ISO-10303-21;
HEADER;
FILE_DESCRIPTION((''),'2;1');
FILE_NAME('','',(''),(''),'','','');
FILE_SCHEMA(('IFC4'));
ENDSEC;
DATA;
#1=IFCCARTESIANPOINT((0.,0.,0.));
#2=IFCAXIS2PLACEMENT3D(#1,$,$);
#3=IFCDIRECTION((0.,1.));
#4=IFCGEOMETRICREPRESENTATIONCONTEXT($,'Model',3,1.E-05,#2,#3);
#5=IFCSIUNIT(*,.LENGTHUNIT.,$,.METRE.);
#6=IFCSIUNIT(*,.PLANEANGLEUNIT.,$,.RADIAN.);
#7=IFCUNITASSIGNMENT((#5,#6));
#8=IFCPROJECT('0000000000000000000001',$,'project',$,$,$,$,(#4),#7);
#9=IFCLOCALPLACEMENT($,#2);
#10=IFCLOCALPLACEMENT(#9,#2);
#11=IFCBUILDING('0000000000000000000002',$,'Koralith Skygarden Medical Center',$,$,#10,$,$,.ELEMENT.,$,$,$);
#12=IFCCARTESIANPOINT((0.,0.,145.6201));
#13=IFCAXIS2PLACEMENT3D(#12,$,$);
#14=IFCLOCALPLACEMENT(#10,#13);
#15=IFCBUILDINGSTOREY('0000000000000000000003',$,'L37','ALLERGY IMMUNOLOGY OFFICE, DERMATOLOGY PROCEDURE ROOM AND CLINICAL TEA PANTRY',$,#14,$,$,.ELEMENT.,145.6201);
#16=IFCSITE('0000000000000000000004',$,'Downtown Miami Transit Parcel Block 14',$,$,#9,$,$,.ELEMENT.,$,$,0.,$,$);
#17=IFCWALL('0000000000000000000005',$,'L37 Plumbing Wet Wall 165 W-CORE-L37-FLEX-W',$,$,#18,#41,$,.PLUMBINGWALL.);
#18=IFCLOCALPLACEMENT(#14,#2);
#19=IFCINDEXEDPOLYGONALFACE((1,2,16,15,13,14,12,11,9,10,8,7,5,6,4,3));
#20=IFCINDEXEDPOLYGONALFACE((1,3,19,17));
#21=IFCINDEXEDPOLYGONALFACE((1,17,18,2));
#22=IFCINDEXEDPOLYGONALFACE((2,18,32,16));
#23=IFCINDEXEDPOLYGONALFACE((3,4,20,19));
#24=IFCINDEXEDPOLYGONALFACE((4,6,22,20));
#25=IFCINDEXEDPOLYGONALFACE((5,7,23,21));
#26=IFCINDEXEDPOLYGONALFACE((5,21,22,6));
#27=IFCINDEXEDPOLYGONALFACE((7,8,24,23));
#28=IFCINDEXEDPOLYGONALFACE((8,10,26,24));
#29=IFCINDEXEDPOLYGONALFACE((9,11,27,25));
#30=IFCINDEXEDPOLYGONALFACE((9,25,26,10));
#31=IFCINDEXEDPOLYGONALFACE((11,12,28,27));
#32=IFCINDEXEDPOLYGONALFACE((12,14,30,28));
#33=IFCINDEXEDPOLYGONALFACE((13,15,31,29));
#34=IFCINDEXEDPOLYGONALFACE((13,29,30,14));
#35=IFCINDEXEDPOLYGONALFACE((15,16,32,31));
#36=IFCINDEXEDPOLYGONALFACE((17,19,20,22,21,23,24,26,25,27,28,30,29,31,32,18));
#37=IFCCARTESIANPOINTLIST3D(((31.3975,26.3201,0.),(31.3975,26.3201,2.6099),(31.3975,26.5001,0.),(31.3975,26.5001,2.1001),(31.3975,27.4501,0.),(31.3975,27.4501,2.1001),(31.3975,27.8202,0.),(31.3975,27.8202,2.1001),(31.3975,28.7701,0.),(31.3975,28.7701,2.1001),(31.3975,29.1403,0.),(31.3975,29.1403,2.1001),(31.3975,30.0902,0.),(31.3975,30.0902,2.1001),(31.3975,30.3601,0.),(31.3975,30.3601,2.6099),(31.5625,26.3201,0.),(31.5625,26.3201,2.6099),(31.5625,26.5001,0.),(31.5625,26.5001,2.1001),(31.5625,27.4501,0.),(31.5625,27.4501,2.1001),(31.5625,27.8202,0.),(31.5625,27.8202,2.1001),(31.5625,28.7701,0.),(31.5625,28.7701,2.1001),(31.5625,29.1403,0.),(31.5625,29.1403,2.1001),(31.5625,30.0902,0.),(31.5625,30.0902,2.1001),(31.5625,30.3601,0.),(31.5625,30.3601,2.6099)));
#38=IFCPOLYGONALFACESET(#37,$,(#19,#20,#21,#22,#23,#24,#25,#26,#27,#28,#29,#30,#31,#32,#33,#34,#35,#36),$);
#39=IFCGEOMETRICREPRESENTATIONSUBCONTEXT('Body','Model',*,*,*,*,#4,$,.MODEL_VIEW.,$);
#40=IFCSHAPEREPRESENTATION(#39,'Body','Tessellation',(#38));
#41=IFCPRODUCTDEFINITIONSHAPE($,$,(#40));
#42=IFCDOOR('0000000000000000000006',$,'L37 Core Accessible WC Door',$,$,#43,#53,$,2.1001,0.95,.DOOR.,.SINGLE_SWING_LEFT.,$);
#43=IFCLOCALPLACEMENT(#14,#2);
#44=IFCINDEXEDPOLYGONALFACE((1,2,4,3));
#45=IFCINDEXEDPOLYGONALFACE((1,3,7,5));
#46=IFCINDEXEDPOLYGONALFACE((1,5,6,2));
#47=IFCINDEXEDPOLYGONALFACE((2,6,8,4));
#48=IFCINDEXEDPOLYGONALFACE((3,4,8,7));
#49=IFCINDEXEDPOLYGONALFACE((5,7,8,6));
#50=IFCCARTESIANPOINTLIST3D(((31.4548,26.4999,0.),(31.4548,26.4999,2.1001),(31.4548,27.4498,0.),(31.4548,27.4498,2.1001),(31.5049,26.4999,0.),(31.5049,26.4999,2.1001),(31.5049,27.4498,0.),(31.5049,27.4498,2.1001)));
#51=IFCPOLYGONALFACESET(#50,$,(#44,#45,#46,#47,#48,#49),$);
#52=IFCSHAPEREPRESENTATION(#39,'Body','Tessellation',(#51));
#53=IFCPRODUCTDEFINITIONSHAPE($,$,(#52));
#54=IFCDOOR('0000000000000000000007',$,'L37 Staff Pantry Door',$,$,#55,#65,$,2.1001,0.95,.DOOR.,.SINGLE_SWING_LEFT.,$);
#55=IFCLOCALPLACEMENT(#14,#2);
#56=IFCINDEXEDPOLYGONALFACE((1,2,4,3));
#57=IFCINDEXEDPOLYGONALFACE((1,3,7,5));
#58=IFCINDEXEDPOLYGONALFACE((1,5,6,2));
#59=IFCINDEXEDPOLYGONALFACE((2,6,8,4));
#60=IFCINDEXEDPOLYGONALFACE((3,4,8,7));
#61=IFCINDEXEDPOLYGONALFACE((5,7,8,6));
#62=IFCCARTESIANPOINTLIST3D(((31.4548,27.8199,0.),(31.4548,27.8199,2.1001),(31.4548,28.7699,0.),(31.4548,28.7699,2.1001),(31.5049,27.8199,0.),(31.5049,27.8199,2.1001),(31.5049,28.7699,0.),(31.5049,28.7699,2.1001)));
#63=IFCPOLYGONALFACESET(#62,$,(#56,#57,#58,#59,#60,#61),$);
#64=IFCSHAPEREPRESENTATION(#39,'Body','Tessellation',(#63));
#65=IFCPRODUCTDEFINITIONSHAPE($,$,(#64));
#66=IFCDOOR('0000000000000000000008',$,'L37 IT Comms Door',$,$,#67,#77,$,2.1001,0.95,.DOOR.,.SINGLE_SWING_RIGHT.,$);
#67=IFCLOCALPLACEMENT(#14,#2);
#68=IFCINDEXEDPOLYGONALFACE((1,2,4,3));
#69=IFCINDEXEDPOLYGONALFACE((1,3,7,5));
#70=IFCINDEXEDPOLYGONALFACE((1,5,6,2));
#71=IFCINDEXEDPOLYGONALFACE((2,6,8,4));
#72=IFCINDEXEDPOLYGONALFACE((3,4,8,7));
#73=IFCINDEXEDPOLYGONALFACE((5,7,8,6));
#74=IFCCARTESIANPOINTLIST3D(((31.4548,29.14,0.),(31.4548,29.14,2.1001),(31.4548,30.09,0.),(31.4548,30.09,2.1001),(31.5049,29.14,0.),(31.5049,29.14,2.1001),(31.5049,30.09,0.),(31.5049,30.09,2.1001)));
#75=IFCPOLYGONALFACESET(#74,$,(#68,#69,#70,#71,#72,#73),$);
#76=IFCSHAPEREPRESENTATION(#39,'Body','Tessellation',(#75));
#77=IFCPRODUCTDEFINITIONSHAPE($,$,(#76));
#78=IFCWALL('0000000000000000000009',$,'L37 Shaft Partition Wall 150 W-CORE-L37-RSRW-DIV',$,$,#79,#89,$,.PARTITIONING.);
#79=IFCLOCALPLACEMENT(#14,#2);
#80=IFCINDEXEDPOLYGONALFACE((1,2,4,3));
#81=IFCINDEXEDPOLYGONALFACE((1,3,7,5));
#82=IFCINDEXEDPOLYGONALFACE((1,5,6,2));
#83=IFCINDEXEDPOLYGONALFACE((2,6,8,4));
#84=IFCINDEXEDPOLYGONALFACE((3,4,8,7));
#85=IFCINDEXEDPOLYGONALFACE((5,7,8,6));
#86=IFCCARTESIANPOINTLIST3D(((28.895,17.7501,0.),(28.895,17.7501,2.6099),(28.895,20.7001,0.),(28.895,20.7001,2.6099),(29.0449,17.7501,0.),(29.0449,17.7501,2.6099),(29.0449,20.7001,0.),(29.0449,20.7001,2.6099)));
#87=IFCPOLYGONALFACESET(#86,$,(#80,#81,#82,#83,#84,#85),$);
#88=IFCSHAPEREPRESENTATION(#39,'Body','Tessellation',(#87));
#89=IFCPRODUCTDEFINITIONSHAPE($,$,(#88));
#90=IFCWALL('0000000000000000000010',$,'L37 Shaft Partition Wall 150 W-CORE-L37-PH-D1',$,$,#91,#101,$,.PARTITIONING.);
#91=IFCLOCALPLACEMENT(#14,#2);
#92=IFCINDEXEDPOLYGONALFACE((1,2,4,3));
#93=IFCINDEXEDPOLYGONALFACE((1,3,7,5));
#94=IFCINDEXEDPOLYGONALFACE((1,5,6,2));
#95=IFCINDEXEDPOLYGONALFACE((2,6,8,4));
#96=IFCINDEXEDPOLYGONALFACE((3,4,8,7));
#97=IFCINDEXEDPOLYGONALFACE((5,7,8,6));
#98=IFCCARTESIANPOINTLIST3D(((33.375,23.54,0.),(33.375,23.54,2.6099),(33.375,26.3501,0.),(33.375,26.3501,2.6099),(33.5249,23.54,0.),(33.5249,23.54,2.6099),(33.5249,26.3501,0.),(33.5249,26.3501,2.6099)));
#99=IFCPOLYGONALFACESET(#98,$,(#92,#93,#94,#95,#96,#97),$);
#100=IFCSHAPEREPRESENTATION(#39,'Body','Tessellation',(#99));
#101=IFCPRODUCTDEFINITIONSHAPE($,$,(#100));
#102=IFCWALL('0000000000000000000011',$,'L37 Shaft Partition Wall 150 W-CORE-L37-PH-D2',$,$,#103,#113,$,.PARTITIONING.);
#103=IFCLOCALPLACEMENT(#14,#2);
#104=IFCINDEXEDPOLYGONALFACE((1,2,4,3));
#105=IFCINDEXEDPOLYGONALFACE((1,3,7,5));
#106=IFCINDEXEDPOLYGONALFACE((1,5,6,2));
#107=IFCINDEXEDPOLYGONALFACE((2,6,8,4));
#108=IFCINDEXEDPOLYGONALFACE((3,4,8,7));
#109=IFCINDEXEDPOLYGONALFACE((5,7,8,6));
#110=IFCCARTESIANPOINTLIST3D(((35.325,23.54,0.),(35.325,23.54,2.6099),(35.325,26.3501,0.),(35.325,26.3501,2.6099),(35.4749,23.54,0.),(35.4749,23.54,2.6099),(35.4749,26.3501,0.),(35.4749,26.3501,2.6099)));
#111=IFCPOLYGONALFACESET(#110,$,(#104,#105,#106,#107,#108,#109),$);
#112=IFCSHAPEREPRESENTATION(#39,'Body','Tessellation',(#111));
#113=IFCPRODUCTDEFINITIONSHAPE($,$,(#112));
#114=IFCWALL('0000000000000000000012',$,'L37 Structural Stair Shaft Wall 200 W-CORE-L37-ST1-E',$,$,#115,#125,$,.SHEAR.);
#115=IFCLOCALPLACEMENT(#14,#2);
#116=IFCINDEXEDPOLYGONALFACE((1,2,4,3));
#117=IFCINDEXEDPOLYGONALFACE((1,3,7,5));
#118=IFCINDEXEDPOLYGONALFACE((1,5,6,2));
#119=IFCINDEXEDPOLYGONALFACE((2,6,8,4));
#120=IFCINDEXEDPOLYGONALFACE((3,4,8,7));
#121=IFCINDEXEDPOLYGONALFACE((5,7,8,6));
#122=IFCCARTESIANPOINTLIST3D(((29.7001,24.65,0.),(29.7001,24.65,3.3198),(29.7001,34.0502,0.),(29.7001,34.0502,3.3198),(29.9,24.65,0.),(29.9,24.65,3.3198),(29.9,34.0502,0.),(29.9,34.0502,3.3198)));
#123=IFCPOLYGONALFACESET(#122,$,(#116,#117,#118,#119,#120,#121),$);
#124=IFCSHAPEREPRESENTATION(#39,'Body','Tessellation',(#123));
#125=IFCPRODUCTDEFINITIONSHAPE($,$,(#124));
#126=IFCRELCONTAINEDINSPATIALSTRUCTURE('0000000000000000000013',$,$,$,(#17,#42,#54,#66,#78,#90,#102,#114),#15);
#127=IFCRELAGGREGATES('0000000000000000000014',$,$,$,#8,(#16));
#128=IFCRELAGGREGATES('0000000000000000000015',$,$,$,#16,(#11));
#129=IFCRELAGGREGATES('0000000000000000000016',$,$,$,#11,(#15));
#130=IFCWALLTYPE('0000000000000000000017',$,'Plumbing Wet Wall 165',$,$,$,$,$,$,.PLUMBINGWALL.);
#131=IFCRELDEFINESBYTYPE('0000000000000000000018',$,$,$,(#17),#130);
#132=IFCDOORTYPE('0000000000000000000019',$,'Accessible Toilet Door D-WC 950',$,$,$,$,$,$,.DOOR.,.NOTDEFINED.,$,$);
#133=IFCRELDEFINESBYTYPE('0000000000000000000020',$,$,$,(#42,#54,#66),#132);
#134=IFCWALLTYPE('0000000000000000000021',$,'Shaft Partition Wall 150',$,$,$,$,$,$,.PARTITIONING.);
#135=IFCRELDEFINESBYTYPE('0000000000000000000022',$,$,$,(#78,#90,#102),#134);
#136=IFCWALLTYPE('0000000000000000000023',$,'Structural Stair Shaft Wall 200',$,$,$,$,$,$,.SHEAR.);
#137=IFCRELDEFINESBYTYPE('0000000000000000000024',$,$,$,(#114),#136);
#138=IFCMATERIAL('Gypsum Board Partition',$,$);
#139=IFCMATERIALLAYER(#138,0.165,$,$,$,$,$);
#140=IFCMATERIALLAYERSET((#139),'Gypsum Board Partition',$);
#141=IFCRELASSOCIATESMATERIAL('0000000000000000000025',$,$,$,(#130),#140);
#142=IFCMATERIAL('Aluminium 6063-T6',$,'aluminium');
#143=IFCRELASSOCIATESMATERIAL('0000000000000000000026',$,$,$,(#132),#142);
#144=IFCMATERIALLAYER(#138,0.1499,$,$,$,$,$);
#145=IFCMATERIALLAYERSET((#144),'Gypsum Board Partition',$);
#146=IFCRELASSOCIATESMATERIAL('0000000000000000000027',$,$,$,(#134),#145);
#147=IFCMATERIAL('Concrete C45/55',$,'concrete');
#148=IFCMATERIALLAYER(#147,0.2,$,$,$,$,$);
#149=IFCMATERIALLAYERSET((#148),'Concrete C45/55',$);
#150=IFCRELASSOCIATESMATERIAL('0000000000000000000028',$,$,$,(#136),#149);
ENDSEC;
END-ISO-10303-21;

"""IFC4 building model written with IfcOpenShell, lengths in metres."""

from ifc_helpers import new_model, si_unit, direction, frame, frame_2d, origin, place, context, subcontext, project, spatial, rectangle, extrude, material, layer, layer_set, type_object, element, fill, save


model = new_model("IFC4")

# Units and contexts
model_context = context("Model", 3, precision=1e-05, world=origin(), true_north=direction((0.0, 1.0)))
body_context = subcontext(model_context, "Body", "Model", "MODEL_VIEW")
ifc_project = project(units=[si_unit("LENGTHUNIT", "METRE"), si_unit("PLANEANGLEUNIT", "RADIAN")], contexts=[model_context])

# Site, building, storey
site_placement = place(None, origin())
site = spatial("IfcSite", under=ifc_project, at=site_placement, Name="Downtown Miami Transit Parcel Block 14", CompositionType="ELEMENT", RefElevation=0.0)
building_placement = place(site_placement, origin())
building = spatial("IfcBuilding", under=site, at=building_placement, Name="Koralith Skygarden Medical Center", CompositionType="ELEMENT")
storey_placement = place(building_placement, frame((0.0, 0.0, 145.6201)))
storey = spatial("IfcBuildingStorey", under=building, at=storey_placement, Name="L37", Description="ALLERGY IMMUNOLOGY OFFICE, DERMATOLOGY PROCEDURE ROOM AND CLINICAL TEA PANTRY", CompositionType="ELEMENT", Elevation=145.6201)

# Shared definitions
ifc_material_1 = material(Name="Concrete C45/55", Category="concrete")

# Shared definitions
ifc_material_2 = material(Name="Gypsum Board Partition")
ifc_material_3 = material(Name="Aluminium 6063-T6", Category="aluminium")

# Wall, openings, doors
ifc_layer_1 = layer(ifc_material_2, 0.165)
ifc_layer_set_1 = layer_set([ifc_layer_1], Name="Gypsum Board Partition")
wall_type_1 = type_object("IfcWallType", Name="Plumbing Wet Wall 165", PredefinedType="PLUMBINGWALL", material=ifc_layer_set_1)
wall_1_placement = place(storey_placement, frame((31.48, 26.3201, 0.0), z_axis=(0.0, 0.0, 1.0), x_axis=(0.0, 1.0, 0.0)))
wall_1 = element("IfcWall", 1, at=wall_1_placement, inside=storey, type_object=wall_type_1, Name="L37 Plumbing Wet Wall 165 W-CORE-L37-FLEX-W", PredefinedType="PLUMBINGWALL", context=body_context, shape_type="SweptSolid", body=[
    extrude(rectangle(XDim=4.04, YDim=0.165, at=frame_2d((2.02, 0.0))), origin(), (0.0, 0.0, 1.0), 2.6099),
])
opening_1_placement = place(wall_1_placement, frame((0.1799, 0.0, 0.0)))
opening_1 = element("IfcOpeningElement", 2, at=opening_1_placement, cuts=wall_1, PredefinedType="OPENING", context=body_context, shape_type="SweptSolid", body=[
    extrude(rectangle(XDim=0.95, YDim=2.1001, at=frame_2d((0.4751, 1.05))), frame((0.0, 0.0925, 0.0), z_axis=(0.0, -1.0, 0.0), x_axis=(1.0, 0.0, 0.0)), (0.0, 0.0, 1.0), 0.1851),
])
opening_2_placement = place(wall_1_placement, frame((1.5, 0.0, 0.0)))
opening_2 = element("IfcOpeningElement", 3, at=opening_2_placement, cuts=wall_1, PredefinedType="OPENING", context=body_context, shape_type="SweptSolid", body=[
    extrude(rectangle(XDim=0.95, YDim=2.1001, at=frame_2d((0.4751, 1.05))), frame((0.0, 0.0925, 0.0), z_axis=(0.0, -1.0, 0.0), x_axis=(1.0, 0.0, 0.0)), (0.0, 0.0, 1.0), 0.1851),
])
opening_3_placement = place(wall_1_placement, frame((2.8201, 0.0, 0.0)))
opening_3 = element("IfcOpeningElement", 4, at=opening_3_placement, cuts=wall_1, PredefinedType="OPENING", context=body_context, shape_type="SweptSolid", body=[
    extrude(rectangle(XDim=0.95, YDim=2.1001, at=frame_2d((0.4751, 1.05))), frame((0.0, 0.0925, 0.0), z_axis=(0.0, -1.0, 0.0), x_axis=(1.0, 0.0, 0.0)), (0.0, 0.0, 1.0), 0.1851),
])
door_type_1 = type_object("IfcDoorType", Name="Accessible Toilet Door D-WC 950", OperationType="NOTDEFINED", PredefinedType="DOOR", material=ifc_material_3)
door_1_placement = place(opening_1_placement, frame((0.95, 0.0, 0.0), z_axis=(0.0, 0.0, 1.0), x_axis=(-1.0, 0.0, 0.0)))
door_1 = element("IfcDoor", 5, at=door_1_placement, inside=storey, type_object=door_type_1, Name="L37 Core Accessible WC Door", OperationType="SINGLE_SWING_LEFT", OverallHeight=2.1001, OverallWidth=0.95, PredefinedType="DOOR", context=body_context, shape_type="SweptSolid", body=[
    extrude(rectangle(XDim=0.95, YDim=2.1001, at=frame_2d((0.4751, 1.05))), frame((0.0, 0.0249, 0.0), z_axis=(0.0, -1.0, 0.0), x_axis=(1.0, 0.0, 0.0)), (0.0, 0.0, 1.0), 0.05),
])
fill(opening_1, door_1)
door_2_placement = place(opening_2_placement, frame((0.95, 0.0, 0.0), z_axis=(0.0, 0.0, 1.0), x_axis=(-1.0, 0.0, 0.0)))
door_2 = element("IfcDoor", 6, at=door_2_placement, inside=storey, type_object=door_type_1, Name="L37 Staff Pantry Door", OperationType="SINGLE_SWING_LEFT", OverallHeight=2.1001, OverallWidth=0.95, PredefinedType="DOOR", context=body_context, shape_type="SweptSolid", body=[
    extrude(rectangle(XDim=0.95, YDim=2.1001, at=frame_2d((0.4751, 1.05))), frame((0.0, 0.0249, 0.0), z_axis=(0.0, -1.0, 0.0), x_axis=(1.0, 0.0, 0.0)), (0.0, 0.0, 1.0), 0.05),
])
fill(opening_2, door_2)
door_3_placement = place(opening_3_placement, frame((0.95, 0.0, 0.0), z_axis=(0.0, 0.0, 1.0), x_axis=(-1.0, 0.0, 0.0)))
door_3 = element("IfcDoor", 7, at=door_3_placement, inside=storey, type_object=door_type_1, Name="L37 IT Comms Door", OperationType="SINGLE_SWING_RIGHT", OverallHeight=2.1001, OverallWidth=0.95, PredefinedType="DOOR", context=body_context, shape_type="SweptSolid", body=[
    extrude(rectangle(XDim=0.95, YDim=2.1001, at=frame_2d((0.4751, 1.05))), frame((0.0, 0.0249, 0.0), z_axis=(0.0, -1.0, 0.0), x_axis=(1.0, 0.0, 0.0)), (0.0, 0.0, 1.0), 0.05),
])
fill(opening_3, door_3)

# Walls
ifc_layer_2 = layer(ifc_material_2, 0.1499)
ifc_layer_set_2 = layer_set([ifc_layer_2], Name="Gypsum Board Partition")
wall_type_2 = type_object("IfcWallType", Name="Shaft Partition Wall 150", PredefinedType="PARTITIONING", material=ifc_layer_set_2)
wall_2_placement = place(storey_placement, frame((28.97, 17.75, 0.0), z_axis=(0.0, 0.0, 1.0), x_axis=(0.0, 1.0, 0.0)))
element("IfcWall", 8, at=wall_2_placement, inside=storey, type_object=wall_type_2, Name="L37 Shaft Partition Wall 150 W-CORE-L37-RSRW-DIV", PredefinedType="PARTITIONING", context=body_context, shape_type="SweptSolid", body=[
    extrude(rectangle(XDim=2.95, YDim=0.1499, at=frame_2d((1.4751, 0.0))), origin(), (0.0, 0.0, 1.0), 2.6099),
])
for number, where, z_axis, x_axis, name in (
    (9, (33.45, 23.54, 0.0), (0.0, 0.0, 1.0), (0.0, 1.0, 0.0), "L37 Shaft Partition Wall 150 W-CORE-L37-PH-D1"),
    (10, (35.3999, 23.54, 0.0), (0.0, 0.0, 1.0), (0.0, 1.0, 0.0), "L37 Shaft Partition Wall 150 W-CORE-L37-PH-D2"),
):
    element("IfcWall", number, at=place(storey_placement, frame(where, z_axis=z_axis, x_axis=x_axis)), inside=storey, type_object=wall_type_2, Name=name, PredefinedType="PARTITIONING", context=body_context, shape_type="SweptSolid", body=[
        extrude(rectangle(XDim=2.8101, YDim=0.1499, at=frame_2d((1.405, 0.0))), origin(), (0.0, 0.0, 1.0), 2.6099),
    ])
ifc_layer_3 = layer(ifc_material_1, 0.2)
ifc_layer_set_3 = layer_set([ifc_layer_3], Name="Concrete C45/55")
wall_type_3 = type_object("IfcWallType", Name="Structural Stair Shaft Wall 200", PredefinedType="SHEAR", material=ifc_layer_set_3)
wall_3_placement = place(storey_placement, frame((29.8, 24.6499, 0.0), z_axis=(0.0, 0.0, 1.0), x_axis=(0.0, 1.0, 0.0)))
element("IfcWall", 11, at=wall_3_placement, inside=storey, type_object=wall_type_3, Name="L37 Structural Stair Shaft Wall 200 W-CORE-L37-ST1-E", PredefinedType="SHEAR", context=body_context, shape_type="SweptSolid", body=[
    extrude(rectangle(XDim=9.4001, YDim=0.2, at=frame_2d((4.7002, 0.0))), origin(), (0.0, 0.0, 1.0), 3.3198),
])

save(model, "model.ifc")
